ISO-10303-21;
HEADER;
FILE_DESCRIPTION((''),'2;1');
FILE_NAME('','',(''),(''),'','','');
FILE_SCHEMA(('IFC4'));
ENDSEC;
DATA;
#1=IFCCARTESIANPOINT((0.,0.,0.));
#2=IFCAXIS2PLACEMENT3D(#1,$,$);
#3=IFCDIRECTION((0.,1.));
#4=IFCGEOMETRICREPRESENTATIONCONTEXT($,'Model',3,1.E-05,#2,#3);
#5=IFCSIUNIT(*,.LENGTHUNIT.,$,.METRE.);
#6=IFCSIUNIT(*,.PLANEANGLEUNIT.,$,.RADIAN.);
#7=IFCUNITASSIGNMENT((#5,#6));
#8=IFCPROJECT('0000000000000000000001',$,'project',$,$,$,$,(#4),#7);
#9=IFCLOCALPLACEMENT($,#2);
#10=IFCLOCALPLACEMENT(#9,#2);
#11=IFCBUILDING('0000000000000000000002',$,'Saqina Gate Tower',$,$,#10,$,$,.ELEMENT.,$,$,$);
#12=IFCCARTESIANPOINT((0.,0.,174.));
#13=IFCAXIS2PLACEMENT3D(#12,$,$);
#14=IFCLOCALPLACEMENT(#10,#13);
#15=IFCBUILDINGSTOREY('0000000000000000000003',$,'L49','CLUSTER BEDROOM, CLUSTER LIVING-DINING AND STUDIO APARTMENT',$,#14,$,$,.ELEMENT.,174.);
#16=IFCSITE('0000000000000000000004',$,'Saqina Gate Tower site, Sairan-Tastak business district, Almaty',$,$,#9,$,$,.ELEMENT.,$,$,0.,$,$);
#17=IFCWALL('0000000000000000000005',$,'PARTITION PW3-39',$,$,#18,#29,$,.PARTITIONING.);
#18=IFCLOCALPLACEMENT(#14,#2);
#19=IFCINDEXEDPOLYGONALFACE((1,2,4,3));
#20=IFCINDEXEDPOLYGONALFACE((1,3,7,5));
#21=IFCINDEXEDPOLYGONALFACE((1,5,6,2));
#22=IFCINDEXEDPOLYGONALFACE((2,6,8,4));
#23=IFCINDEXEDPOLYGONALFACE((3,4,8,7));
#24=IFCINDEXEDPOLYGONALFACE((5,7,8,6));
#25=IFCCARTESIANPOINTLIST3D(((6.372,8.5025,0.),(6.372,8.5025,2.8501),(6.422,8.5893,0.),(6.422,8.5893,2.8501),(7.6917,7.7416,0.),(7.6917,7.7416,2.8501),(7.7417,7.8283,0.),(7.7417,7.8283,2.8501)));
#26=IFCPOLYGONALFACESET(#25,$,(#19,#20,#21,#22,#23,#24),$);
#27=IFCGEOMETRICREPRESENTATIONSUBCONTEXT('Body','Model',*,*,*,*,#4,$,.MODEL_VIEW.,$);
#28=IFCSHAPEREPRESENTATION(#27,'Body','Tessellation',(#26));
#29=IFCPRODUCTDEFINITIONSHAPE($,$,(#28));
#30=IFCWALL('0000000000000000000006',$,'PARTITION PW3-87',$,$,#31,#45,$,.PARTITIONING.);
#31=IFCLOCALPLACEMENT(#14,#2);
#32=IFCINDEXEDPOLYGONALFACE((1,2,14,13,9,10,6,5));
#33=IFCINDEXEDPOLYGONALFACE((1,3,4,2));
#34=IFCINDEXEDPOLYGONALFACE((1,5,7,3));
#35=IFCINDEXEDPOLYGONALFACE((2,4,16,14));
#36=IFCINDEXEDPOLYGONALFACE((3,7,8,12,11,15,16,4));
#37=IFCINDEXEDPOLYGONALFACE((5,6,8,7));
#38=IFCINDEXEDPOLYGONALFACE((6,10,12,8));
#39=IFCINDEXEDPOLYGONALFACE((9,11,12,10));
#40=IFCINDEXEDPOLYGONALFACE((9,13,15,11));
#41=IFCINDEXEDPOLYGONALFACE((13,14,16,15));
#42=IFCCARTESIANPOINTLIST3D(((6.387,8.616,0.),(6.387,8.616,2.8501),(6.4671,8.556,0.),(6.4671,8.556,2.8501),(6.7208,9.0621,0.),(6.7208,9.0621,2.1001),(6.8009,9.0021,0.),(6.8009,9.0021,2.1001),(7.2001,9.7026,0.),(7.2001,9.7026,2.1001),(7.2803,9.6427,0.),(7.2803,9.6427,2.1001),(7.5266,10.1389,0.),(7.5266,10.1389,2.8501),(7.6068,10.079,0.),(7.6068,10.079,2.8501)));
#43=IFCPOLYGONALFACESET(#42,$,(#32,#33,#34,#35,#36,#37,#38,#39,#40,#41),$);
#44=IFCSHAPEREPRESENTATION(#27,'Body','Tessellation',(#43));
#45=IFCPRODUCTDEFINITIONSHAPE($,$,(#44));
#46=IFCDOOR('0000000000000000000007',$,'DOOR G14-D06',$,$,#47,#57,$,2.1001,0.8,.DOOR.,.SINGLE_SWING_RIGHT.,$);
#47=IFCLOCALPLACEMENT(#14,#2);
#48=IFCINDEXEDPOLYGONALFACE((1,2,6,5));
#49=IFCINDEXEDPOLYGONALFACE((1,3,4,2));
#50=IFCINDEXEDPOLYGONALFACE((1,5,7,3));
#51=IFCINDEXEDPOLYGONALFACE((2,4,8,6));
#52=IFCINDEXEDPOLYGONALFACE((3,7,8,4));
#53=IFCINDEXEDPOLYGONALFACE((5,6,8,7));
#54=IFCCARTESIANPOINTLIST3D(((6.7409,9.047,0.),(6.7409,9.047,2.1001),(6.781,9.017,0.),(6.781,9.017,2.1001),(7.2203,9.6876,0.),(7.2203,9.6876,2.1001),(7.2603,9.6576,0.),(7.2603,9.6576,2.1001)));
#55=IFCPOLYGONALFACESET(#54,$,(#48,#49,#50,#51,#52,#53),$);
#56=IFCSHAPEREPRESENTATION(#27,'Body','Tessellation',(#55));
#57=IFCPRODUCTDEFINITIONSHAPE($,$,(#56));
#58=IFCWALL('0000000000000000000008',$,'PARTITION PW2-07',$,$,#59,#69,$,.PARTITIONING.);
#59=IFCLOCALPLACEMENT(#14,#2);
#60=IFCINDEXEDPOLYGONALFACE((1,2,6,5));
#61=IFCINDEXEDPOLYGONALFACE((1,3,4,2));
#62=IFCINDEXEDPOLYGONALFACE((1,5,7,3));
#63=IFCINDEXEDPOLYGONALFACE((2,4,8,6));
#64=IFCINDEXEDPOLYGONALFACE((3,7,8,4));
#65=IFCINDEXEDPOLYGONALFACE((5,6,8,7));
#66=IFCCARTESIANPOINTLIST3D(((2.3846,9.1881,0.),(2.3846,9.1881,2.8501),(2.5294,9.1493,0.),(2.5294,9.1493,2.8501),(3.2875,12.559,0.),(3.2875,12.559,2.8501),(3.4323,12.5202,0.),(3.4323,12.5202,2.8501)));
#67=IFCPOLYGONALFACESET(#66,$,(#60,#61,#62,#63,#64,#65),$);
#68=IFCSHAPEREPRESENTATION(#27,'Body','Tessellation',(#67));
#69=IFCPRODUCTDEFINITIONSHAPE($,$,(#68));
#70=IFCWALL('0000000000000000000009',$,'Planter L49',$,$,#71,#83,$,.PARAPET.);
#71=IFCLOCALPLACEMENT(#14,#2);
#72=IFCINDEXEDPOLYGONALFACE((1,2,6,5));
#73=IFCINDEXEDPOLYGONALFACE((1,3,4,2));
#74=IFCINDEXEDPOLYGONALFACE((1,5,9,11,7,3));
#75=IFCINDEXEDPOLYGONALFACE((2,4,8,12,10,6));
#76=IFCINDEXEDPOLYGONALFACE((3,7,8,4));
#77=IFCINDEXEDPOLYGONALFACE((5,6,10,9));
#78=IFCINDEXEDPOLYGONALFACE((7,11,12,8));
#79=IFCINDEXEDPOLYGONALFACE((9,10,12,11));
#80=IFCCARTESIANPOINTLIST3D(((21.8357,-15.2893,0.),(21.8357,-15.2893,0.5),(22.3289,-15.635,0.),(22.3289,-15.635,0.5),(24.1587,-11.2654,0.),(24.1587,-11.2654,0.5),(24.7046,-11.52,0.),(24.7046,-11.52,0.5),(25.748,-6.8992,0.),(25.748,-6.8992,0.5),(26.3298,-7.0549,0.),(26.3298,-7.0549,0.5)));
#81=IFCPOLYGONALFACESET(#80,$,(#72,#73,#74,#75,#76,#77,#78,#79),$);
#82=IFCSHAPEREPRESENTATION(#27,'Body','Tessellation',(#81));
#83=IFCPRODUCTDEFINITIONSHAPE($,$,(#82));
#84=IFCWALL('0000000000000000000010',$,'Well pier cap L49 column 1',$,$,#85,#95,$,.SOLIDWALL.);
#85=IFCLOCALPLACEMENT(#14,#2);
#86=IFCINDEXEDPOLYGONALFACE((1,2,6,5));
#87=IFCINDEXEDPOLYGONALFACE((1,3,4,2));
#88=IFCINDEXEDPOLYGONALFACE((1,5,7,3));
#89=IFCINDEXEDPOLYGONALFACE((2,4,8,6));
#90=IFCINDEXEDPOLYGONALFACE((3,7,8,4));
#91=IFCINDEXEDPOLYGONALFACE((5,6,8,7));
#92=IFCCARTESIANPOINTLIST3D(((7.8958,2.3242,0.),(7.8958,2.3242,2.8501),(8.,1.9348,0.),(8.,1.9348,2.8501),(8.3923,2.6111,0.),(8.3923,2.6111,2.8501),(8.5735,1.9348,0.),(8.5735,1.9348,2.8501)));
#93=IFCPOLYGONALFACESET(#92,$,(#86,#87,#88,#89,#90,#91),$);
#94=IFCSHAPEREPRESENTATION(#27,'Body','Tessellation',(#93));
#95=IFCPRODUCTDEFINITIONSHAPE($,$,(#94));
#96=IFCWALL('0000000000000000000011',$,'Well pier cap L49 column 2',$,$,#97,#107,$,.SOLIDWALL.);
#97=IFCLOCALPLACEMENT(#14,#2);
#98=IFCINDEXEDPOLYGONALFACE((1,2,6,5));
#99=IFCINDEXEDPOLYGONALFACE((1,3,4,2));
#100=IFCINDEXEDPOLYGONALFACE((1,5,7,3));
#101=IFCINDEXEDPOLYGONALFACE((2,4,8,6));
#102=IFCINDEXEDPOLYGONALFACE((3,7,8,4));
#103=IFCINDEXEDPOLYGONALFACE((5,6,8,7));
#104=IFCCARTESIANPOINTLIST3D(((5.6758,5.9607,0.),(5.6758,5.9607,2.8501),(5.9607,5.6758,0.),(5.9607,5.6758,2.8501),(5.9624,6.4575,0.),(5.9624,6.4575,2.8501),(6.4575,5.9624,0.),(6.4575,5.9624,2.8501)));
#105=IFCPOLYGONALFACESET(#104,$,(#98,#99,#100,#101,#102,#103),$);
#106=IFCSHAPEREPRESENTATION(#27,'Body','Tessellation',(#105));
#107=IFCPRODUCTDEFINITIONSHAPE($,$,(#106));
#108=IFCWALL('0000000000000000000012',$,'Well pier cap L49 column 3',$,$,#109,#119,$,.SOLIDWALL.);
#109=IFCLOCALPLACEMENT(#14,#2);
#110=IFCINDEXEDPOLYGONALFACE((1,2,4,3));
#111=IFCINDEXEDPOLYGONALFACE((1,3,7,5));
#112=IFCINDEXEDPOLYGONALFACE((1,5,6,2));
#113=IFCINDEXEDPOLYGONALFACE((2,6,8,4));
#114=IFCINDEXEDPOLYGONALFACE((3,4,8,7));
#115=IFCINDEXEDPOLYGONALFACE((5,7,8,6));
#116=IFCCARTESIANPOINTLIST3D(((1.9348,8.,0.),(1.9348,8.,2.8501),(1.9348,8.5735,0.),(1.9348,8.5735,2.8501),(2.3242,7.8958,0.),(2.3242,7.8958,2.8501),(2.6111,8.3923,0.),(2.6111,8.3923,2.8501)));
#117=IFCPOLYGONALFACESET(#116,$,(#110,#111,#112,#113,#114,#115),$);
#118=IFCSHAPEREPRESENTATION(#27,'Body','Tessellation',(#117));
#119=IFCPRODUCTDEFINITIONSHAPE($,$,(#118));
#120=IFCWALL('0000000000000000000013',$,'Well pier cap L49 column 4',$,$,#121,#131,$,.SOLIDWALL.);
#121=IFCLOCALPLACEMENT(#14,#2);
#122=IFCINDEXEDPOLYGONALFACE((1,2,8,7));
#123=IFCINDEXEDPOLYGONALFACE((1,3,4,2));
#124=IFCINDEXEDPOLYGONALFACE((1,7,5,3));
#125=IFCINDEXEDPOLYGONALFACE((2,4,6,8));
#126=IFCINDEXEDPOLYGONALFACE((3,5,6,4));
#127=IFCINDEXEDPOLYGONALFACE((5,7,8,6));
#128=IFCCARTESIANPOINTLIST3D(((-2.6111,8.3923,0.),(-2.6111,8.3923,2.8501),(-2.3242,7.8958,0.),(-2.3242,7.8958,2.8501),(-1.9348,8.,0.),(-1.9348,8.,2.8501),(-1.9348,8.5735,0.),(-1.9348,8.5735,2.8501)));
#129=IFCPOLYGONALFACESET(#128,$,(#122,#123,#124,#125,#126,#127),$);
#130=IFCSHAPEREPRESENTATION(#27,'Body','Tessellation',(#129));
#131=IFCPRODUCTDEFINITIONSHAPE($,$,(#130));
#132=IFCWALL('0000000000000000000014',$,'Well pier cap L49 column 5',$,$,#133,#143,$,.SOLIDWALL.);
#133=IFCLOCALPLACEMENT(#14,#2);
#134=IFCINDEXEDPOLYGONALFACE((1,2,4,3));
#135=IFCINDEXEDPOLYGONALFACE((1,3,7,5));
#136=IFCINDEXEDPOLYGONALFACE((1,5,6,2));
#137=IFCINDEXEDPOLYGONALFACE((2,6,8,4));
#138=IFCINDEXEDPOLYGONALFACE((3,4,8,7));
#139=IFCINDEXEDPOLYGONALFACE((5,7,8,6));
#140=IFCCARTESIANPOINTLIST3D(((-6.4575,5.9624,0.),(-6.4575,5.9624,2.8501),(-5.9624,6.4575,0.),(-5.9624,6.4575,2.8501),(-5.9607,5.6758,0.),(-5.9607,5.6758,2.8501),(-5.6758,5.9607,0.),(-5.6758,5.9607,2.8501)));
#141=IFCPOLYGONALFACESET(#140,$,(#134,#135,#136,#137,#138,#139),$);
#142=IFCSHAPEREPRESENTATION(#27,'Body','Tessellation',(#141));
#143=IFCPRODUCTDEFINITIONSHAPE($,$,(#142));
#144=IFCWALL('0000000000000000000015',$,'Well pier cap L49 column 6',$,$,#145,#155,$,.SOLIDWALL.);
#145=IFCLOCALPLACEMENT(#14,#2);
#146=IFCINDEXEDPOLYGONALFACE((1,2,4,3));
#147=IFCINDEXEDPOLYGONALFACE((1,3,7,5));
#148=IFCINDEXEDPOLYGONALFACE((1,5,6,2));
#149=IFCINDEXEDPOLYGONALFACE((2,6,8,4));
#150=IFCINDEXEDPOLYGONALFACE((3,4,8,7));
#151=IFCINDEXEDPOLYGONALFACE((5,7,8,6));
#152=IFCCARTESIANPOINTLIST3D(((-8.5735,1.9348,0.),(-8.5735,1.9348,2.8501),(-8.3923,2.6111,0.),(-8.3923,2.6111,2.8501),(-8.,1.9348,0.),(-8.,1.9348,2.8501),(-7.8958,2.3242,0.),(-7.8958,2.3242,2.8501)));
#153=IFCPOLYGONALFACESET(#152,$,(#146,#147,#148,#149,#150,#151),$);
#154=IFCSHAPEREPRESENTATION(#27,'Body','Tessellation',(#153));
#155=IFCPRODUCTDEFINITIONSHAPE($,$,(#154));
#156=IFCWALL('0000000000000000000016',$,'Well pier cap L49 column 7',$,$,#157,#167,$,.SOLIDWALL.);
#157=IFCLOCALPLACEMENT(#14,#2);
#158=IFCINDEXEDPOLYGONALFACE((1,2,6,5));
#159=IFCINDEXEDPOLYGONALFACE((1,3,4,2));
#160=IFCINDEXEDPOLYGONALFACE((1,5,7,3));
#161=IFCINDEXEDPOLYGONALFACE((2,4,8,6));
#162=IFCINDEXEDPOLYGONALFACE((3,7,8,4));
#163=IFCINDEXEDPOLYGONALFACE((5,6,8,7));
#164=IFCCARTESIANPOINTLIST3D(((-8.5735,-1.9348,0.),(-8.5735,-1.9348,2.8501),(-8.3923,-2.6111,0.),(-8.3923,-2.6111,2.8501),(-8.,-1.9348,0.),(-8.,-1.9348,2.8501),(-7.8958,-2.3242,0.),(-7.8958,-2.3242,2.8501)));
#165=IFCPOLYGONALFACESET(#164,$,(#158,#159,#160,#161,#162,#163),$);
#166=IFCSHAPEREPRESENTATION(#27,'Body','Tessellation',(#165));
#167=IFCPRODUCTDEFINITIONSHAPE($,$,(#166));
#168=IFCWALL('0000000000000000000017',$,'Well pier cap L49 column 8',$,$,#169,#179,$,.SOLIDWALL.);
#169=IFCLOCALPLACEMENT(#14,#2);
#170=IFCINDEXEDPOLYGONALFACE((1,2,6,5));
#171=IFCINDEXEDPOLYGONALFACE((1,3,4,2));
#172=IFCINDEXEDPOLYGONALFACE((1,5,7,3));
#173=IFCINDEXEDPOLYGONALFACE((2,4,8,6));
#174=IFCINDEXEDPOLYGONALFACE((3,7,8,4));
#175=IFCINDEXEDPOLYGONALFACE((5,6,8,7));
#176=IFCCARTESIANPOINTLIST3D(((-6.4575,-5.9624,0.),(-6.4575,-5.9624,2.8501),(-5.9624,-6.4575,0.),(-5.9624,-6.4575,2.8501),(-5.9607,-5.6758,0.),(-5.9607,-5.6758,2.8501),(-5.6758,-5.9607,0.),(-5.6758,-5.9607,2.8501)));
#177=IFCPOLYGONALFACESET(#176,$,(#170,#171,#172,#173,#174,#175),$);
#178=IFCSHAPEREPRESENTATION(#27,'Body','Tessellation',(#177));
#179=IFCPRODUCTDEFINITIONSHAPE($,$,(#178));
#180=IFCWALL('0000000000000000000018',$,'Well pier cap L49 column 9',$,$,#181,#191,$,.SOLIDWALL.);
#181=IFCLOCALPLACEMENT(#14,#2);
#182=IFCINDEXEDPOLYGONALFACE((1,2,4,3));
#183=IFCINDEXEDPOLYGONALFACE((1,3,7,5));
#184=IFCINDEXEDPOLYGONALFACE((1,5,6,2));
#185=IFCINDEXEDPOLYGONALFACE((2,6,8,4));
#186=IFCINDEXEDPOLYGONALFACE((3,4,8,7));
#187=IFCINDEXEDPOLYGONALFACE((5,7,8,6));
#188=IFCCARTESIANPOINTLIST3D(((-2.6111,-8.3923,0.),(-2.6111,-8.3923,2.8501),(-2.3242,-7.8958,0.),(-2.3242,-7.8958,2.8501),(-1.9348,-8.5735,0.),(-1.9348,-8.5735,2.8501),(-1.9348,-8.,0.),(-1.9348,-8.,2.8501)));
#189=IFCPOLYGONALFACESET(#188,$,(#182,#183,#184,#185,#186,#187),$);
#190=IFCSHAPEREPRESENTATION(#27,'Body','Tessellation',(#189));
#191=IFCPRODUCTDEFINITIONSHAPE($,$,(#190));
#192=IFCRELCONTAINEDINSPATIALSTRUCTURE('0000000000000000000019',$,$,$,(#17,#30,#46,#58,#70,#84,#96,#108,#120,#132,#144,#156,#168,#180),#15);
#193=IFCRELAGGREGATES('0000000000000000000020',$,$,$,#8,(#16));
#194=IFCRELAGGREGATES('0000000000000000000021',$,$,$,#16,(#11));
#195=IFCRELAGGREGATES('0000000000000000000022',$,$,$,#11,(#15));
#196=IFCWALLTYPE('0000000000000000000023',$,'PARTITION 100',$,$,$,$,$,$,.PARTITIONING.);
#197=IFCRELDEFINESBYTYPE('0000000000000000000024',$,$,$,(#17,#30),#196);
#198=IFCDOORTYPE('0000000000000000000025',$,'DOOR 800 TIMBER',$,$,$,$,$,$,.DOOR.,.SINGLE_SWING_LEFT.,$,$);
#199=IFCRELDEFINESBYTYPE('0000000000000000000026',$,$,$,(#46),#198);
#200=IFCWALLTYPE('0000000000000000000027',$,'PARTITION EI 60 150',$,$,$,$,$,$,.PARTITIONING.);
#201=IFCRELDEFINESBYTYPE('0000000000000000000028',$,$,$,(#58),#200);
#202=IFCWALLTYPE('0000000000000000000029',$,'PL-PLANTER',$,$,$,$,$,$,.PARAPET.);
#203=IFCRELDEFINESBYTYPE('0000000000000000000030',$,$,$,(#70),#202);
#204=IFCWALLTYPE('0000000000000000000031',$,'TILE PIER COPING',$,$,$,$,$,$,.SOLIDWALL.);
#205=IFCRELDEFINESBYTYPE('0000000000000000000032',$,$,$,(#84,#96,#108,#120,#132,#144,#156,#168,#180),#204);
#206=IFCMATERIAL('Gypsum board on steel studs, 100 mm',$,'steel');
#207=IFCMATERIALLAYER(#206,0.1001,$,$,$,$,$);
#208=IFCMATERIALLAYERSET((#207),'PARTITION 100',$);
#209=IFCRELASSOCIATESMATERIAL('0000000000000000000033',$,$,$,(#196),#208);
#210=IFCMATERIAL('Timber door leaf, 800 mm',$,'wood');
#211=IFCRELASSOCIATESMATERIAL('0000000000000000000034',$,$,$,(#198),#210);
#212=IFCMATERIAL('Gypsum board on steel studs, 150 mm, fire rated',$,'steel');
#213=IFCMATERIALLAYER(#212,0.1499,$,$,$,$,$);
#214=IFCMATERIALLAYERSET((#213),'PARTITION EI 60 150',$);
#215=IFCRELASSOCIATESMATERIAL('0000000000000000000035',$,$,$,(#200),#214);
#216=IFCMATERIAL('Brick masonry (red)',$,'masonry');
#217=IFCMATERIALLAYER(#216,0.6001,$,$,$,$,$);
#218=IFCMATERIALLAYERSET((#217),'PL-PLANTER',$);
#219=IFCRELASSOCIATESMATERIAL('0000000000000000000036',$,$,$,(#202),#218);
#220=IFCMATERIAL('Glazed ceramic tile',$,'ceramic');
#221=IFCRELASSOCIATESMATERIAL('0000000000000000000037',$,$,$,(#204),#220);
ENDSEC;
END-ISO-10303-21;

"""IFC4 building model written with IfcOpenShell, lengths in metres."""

from ifc_helpers import new_model, si_unit, direction, frame, frame_2d, origin, place, context, subcontext, project, spatial, polyline, rectangle, outline, extrude, material, layer, layer_set, type_object, element, fill, save


model = new_model("IFC4")

# Units and contexts
model_context = context("Model", 3, precision=1e-05, world=origin(), true_north=direction((0.0, 1.0)))
body_context = subcontext(model_context, "Body", "Model", "MODEL_VIEW")
ifc_project = project(units=[si_unit("LENGTHUNIT", "METRE"), si_unit("PLANEANGLEUNIT", "RADIAN")], contexts=[model_context])

# Site, building, storey
site_placement = place(None, origin())
site = spatial("IfcSite", under=ifc_project, at=site_placement, Name="Saqina Gate Tower site, Sairan-Tastak business district, Almaty", CompositionType="ELEMENT", RefElevation=0.0)
building_placement = place(site_placement, origin())
building = spatial("IfcBuilding", under=site, at=building_placement, Name="Saqina Gate Tower", CompositionType="ELEMENT")
storey_placement = place(building_placement, frame((0.0, 0.0, 174.0)))
storey = spatial("IfcBuildingStorey", under=building, at=storey_placement, Name="L49", Description="CLUSTER BEDROOM, CLUSTER LIVING-DINING AND STUDIO APARTMENT", CompositionType="ELEMENT", Elevation=174.0)

# Wall
ifc_material_1 = material(Name="Gypsum board on steel studs, 100 mm", Category="steel")
ifc_layer_1 = layer(ifc_material_1, 0.1001)
ifc_layer_set_1 = layer_set([ifc_layer_1], Name="PARTITION 100")
wall_type_1 = type_object("IfcWallType", Name="PARTITION 100", PredefinedType="PARTITIONING", material=ifc_layer_set_1)
wall_1_placement = place(storey_placement, frame((6.397, 8.5459, 0.0), z_axis=(0.0, 0.0, 1.0), x_axis=(0.866314, -0.4995, 0.0)))
element("IfcWall", 1, at=wall_1_placement, inside=storey, type_object=wall_type_1, Name="PARTITION PW3-39", PredefinedType="PARTITIONING", context=body_context, shape_type="SweptSolid", body=[
    extrude(rectangle(XDim=1.5234, YDim=0.1001, at=frame_2d((0.7617, 0.0))), origin(), (0.0, 0.0, 1.0), 2.8501),
])

# Wall, opening, door
wall_2_placement = place(storey_placement, frame((6.427, 8.5859, 0.0), z_axis=(0.0, 0.0, 1.0), x_axis=(0.599137, 0.800646, 0.0)))
wall_2 = element("IfcWall", 2, at=wall_2_placement, inside=storey, type_object=wall_type_1, Name="PARTITION PW3-87", PredefinedType="PARTITIONING", context=body_context, shape_type="SweptSolid", body=[
    extrude(rectangle(XDim=1.9021, YDim=0.1001, at=frame_2d((0.9512, 0.0))), origin(), (0.0, 0.0, 1.0), 2.8501),
])
opening_1_placement = place(wall_2_placement, frame((0.5574, 0.0, 0.0)))
opening_1 = element("IfcOpeningElement", 3, at=opening_1_placement, cuts=wall_2, PredefinedType="OPENING", context=body_context, shape_type="SweptSolid", body=[
    extrude(rectangle(XDim=0.8, YDim=2.1001, at=frame_2d((0.3999, 1.05))), frame((0.0, 0.062, 0.0), z_axis=(0.0, -1.0, 0.0), x_axis=(1.0, 0.0, 0.0)), (0.0, 0.0, 1.0), 0.124),
])
ifc_material_2 = material(Name="Timber door leaf, 800 mm", Category="wood")
door_type = type_object("IfcDoorType", Name="DOOR 800 TIMBER", OperationType="SINGLE_SWING_LEFT", PredefinedType="DOOR", material=ifc_material_2)
door_placement = place(opening_1_placement, origin())
door = element("IfcDoor", 4, at=door_placement, inside=storey, type_object=door_type, Name="DOOR G14-D06", OperationType="SINGLE_SWING_RIGHT", OverallHeight=2.1001, OverallWidth=0.8, PredefinedType="DOOR", context=body_context, shape_type="SweptSolid", body=[
    extrude(rectangle(XDim=0.8, YDim=2.1001, at=frame_2d((0.3999, 1.05))), frame((0.0, 0.0249, 0.0), z_axis=(0.0, -1.0, 0.0), x_axis=(1.0, 0.0, 0.0)), (0.0, 0.0, 1.0), 0.05),
])
fill(opening_1, door)

# Walls
ifc_material_3 = material(Name="Gypsum board on steel studs, 150 mm, fire rated", Category="steel")
ifc_layer_2 = layer(ifc_material_3, 0.1499)
ifc_layer_set_2 = layer_set([ifc_layer_2], Name="PARTITION EI 60 150")
wall_type_2 = type_object("IfcWallType", Name="PARTITION EI 60 150", PredefinedType="PARTITIONING", material=ifc_layer_set_2)
wall_3_placement = place(storey_placement, frame((2.457, 9.1687, 0.0), z_axis=(0.0, 0.0, 1.0), x_axis=(0.258716, 0.965953, 0.0)))
element("IfcWall", 5, at=wall_3_placement, inside=storey, type_object=wall_type_2, Name="PARTITION PW2-07", PredefinedType="PARTITIONING", context=body_context, shape_type="SweptSolid", body=[
    extrude(rectangle(XDim=3.4897, YDim=0.1499, at=frame_2d((1.7449, 0.0))), origin(), (0.0, 0.0, 1.0), 2.8501),
])
ifc_material_4 = material(Name="Brick masonry (red)", Category="masonry")
ifc_layer_3 = layer(ifc_material_4, 0.6001)
ifc_layer_set_3 = layer_set([ifc_layer_3], Name="PL-PLANTER")
wall_type_3 = type_object("IfcWallType", Name="PL-PLANTER", PredefinedType="PARAPET", material=ifc_layer_set_3)
wall_4_placement = place(storey_placement, origin())
element("IfcWall", 6, at=wall_4_placement, inside=storey, type_object=wall_type_3, Name="Planter L49", PredefinedType="PARAPET", context=body_context, shape_type="SweptSolid", body=[
    extrude(outline(polyline([(22.3289, -15.635), (24.7046, -11.52), (26.3298, -7.0549), (25.748, -6.8992), (24.1587, -11.2654), (21.8357, -15.2893), (22.3289, -15.635)])), origin(), (0.0, 0.0, 1.0), 0.5),
])
ifc_material_5 = material(Name="Glazed ceramic tile", Category="ceramic")
wall_type_4 = type_object("IfcWallType", Name="TILE PIER COPING", PredefinedType="SOLIDWALL", material=ifc_material_5)
wall_5_placement = place(storey_placement, origin())
element("IfcWall", 7, at=wall_5_placement, inside=storey, type_object=wall_type_4, Name="Well pier cap L49 column 1", PredefinedType="SOLIDWALL", context=body_context, shape_type="SweptSolid", body=[
    extrude(outline(polyline([(8.3923, 2.6111), (7.8958, 2.3242), (8.0, 1.9348), (8.5735, 1.9348), (8.3923, 2.6111)])), origin(), (0.0, 0.0, 1.0), 2.8501),
])
wall_6_placement = place(storey_placement, origin())
element("IfcWall", 8, at=wall_6_placement, inside=storey, type_object=wall_type_4, Name="Well pier cap L49 column 2", PredefinedType="SOLIDWALL", context=body_context, shape_type="SweptSolid", body=[
    extrude(outline(polyline([(5.9624, 6.4575), (5.6758, 5.9607), (5.9607, 5.6758), (6.4575, 5.9624), (5.9624, 6.4575)])), origin(), (0.0, 0.0, 1.0), 2.8501),
])
wall_7_placement = place(storey_placement, origin())
element("IfcWall", 9, at=wall_7_placement, inside=storey, type_object=wall_type_4, Name="Well pier cap L49 column 3", PredefinedType="SOLIDWALL", context=body_context, shape_type="SweptSolid", body=[
    extrude(outline(polyline([(1.9348, 8.5735), (1.9348, 8.0), (2.3242, 7.8958), (2.6111, 8.3923), (1.9348, 8.5735)])), origin(), (0.0, 0.0, 1.0), 2.8501),
])
wall_8_placement = place(storey_placement, origin())
element("IfcWall", 10, at=wall_8_placement, inside=storey, type_object=wall_type_4, Name="Well pier cap L49 column 4", PredefinedType="SOLIDWALL", context=body_context, shape_type="SweptSolid", body=[
    extrude(outline(polyline([(-1.9348, 8.0), (-1.9348, 8.5735), (-2.6111, 8.3923), (-2.3242, 7.8958), (-1.9348, 8.0)])), origin(), (0.0, 0.0, 1.0), 2.8501),
])
wall_9_placement = place(storey_placement, origin())
element("IfcWall", 11, at=wall_9_placement, inside=storey, type_object=wall_type_4, Name="Well pier cap L49 column 5", PredefinedType="SOLIDWALL", context=body_context, shape_type="SweptSolid", body=[
    extrude(outline(polyline([(-6.4575, 5.9624), (-5.9607, 5.6758), (-5.6758, 5.9607), (-5.9624, 6.4575), (-6.4575, 5.9624)])), origin(), (0.0, 0.0, 1.0), 2.8501),
])
wall_10_placement = place(storey_placement, origin())
element("IfcWall", 12, at=wall_10_placement, inside=storey, type_object=wall_type_4, Name="Well pier cap L49 column 6", PredefinedType="SOLIDWALL", context=body_context, shape_type="SweptSolid", body=[
    extrude(outline(polyline([(-8.5735, 1.9348), (-8.0, 1.9348), (-7.8958, 2.3242), (-8.3923, 2.6111), (-8.5735, 1.9348)])), origin(), (0.0, 0.0, 1.0), 2.8501),
])
wall_11_placement = place(storey_placement, origin())
element("IfcWall", 13, at=wall_11_placement, inside=storey, type_object=wall_type_4, Name="Well pier cap L49 column 7", PredefinedType="SOLIDWALL", context=body_context, shape_type="SweptSolid", body=[
    extrude(outline(polyline([(-8.0, -1.9348), (-8.5735, -1.9348), (-8.3923, -2.6111), (-7.8958, -2.3242), (-8.0, -1.9348)])), origin(), (0.0, 0.0, 1.0), 2.8501),
])
wall_12_placement = place(storey_placement, origin())
element("IfcWall", 14, at=wall_12_placement, inside=storey, type_object=wall_type_4, Name="Well pier cap L49 column 8", PredefinedType="SOLIDWALL", context=body_context, shape_type="SweptSolid", body=[
    extrude(outline(polyline([(-6.4575, -5.9624), (-5.9624, -6.4575), (-5.6758, -5.9607), (-5.9607, -5.6758), (-6.4575, -5.9624)])), origin(), (0.0, 0.0, 1.0), 2.8501),
])
wall_13_placement = place(storey_placement, origin())
element("IfcWall", 15, at=wall_13_placement, inside=storey, type_object=wall_type_4, Name="Well pier cap L49 column 9", PredefinedType="SOLIDWALL", context=body_context, shape_type="SweptSolid", body=[
    extrude(outline(polyline([(-1.9348, -8.5735), (-1.9348, -8.0), (-2.3242, -7.8958), (-2.6111, -8.3923), (-1.9348, -8.5735)])), origin(), (0.0, 0.0, 1.0), 2.8501),
])

save(model, "model.ifc")
